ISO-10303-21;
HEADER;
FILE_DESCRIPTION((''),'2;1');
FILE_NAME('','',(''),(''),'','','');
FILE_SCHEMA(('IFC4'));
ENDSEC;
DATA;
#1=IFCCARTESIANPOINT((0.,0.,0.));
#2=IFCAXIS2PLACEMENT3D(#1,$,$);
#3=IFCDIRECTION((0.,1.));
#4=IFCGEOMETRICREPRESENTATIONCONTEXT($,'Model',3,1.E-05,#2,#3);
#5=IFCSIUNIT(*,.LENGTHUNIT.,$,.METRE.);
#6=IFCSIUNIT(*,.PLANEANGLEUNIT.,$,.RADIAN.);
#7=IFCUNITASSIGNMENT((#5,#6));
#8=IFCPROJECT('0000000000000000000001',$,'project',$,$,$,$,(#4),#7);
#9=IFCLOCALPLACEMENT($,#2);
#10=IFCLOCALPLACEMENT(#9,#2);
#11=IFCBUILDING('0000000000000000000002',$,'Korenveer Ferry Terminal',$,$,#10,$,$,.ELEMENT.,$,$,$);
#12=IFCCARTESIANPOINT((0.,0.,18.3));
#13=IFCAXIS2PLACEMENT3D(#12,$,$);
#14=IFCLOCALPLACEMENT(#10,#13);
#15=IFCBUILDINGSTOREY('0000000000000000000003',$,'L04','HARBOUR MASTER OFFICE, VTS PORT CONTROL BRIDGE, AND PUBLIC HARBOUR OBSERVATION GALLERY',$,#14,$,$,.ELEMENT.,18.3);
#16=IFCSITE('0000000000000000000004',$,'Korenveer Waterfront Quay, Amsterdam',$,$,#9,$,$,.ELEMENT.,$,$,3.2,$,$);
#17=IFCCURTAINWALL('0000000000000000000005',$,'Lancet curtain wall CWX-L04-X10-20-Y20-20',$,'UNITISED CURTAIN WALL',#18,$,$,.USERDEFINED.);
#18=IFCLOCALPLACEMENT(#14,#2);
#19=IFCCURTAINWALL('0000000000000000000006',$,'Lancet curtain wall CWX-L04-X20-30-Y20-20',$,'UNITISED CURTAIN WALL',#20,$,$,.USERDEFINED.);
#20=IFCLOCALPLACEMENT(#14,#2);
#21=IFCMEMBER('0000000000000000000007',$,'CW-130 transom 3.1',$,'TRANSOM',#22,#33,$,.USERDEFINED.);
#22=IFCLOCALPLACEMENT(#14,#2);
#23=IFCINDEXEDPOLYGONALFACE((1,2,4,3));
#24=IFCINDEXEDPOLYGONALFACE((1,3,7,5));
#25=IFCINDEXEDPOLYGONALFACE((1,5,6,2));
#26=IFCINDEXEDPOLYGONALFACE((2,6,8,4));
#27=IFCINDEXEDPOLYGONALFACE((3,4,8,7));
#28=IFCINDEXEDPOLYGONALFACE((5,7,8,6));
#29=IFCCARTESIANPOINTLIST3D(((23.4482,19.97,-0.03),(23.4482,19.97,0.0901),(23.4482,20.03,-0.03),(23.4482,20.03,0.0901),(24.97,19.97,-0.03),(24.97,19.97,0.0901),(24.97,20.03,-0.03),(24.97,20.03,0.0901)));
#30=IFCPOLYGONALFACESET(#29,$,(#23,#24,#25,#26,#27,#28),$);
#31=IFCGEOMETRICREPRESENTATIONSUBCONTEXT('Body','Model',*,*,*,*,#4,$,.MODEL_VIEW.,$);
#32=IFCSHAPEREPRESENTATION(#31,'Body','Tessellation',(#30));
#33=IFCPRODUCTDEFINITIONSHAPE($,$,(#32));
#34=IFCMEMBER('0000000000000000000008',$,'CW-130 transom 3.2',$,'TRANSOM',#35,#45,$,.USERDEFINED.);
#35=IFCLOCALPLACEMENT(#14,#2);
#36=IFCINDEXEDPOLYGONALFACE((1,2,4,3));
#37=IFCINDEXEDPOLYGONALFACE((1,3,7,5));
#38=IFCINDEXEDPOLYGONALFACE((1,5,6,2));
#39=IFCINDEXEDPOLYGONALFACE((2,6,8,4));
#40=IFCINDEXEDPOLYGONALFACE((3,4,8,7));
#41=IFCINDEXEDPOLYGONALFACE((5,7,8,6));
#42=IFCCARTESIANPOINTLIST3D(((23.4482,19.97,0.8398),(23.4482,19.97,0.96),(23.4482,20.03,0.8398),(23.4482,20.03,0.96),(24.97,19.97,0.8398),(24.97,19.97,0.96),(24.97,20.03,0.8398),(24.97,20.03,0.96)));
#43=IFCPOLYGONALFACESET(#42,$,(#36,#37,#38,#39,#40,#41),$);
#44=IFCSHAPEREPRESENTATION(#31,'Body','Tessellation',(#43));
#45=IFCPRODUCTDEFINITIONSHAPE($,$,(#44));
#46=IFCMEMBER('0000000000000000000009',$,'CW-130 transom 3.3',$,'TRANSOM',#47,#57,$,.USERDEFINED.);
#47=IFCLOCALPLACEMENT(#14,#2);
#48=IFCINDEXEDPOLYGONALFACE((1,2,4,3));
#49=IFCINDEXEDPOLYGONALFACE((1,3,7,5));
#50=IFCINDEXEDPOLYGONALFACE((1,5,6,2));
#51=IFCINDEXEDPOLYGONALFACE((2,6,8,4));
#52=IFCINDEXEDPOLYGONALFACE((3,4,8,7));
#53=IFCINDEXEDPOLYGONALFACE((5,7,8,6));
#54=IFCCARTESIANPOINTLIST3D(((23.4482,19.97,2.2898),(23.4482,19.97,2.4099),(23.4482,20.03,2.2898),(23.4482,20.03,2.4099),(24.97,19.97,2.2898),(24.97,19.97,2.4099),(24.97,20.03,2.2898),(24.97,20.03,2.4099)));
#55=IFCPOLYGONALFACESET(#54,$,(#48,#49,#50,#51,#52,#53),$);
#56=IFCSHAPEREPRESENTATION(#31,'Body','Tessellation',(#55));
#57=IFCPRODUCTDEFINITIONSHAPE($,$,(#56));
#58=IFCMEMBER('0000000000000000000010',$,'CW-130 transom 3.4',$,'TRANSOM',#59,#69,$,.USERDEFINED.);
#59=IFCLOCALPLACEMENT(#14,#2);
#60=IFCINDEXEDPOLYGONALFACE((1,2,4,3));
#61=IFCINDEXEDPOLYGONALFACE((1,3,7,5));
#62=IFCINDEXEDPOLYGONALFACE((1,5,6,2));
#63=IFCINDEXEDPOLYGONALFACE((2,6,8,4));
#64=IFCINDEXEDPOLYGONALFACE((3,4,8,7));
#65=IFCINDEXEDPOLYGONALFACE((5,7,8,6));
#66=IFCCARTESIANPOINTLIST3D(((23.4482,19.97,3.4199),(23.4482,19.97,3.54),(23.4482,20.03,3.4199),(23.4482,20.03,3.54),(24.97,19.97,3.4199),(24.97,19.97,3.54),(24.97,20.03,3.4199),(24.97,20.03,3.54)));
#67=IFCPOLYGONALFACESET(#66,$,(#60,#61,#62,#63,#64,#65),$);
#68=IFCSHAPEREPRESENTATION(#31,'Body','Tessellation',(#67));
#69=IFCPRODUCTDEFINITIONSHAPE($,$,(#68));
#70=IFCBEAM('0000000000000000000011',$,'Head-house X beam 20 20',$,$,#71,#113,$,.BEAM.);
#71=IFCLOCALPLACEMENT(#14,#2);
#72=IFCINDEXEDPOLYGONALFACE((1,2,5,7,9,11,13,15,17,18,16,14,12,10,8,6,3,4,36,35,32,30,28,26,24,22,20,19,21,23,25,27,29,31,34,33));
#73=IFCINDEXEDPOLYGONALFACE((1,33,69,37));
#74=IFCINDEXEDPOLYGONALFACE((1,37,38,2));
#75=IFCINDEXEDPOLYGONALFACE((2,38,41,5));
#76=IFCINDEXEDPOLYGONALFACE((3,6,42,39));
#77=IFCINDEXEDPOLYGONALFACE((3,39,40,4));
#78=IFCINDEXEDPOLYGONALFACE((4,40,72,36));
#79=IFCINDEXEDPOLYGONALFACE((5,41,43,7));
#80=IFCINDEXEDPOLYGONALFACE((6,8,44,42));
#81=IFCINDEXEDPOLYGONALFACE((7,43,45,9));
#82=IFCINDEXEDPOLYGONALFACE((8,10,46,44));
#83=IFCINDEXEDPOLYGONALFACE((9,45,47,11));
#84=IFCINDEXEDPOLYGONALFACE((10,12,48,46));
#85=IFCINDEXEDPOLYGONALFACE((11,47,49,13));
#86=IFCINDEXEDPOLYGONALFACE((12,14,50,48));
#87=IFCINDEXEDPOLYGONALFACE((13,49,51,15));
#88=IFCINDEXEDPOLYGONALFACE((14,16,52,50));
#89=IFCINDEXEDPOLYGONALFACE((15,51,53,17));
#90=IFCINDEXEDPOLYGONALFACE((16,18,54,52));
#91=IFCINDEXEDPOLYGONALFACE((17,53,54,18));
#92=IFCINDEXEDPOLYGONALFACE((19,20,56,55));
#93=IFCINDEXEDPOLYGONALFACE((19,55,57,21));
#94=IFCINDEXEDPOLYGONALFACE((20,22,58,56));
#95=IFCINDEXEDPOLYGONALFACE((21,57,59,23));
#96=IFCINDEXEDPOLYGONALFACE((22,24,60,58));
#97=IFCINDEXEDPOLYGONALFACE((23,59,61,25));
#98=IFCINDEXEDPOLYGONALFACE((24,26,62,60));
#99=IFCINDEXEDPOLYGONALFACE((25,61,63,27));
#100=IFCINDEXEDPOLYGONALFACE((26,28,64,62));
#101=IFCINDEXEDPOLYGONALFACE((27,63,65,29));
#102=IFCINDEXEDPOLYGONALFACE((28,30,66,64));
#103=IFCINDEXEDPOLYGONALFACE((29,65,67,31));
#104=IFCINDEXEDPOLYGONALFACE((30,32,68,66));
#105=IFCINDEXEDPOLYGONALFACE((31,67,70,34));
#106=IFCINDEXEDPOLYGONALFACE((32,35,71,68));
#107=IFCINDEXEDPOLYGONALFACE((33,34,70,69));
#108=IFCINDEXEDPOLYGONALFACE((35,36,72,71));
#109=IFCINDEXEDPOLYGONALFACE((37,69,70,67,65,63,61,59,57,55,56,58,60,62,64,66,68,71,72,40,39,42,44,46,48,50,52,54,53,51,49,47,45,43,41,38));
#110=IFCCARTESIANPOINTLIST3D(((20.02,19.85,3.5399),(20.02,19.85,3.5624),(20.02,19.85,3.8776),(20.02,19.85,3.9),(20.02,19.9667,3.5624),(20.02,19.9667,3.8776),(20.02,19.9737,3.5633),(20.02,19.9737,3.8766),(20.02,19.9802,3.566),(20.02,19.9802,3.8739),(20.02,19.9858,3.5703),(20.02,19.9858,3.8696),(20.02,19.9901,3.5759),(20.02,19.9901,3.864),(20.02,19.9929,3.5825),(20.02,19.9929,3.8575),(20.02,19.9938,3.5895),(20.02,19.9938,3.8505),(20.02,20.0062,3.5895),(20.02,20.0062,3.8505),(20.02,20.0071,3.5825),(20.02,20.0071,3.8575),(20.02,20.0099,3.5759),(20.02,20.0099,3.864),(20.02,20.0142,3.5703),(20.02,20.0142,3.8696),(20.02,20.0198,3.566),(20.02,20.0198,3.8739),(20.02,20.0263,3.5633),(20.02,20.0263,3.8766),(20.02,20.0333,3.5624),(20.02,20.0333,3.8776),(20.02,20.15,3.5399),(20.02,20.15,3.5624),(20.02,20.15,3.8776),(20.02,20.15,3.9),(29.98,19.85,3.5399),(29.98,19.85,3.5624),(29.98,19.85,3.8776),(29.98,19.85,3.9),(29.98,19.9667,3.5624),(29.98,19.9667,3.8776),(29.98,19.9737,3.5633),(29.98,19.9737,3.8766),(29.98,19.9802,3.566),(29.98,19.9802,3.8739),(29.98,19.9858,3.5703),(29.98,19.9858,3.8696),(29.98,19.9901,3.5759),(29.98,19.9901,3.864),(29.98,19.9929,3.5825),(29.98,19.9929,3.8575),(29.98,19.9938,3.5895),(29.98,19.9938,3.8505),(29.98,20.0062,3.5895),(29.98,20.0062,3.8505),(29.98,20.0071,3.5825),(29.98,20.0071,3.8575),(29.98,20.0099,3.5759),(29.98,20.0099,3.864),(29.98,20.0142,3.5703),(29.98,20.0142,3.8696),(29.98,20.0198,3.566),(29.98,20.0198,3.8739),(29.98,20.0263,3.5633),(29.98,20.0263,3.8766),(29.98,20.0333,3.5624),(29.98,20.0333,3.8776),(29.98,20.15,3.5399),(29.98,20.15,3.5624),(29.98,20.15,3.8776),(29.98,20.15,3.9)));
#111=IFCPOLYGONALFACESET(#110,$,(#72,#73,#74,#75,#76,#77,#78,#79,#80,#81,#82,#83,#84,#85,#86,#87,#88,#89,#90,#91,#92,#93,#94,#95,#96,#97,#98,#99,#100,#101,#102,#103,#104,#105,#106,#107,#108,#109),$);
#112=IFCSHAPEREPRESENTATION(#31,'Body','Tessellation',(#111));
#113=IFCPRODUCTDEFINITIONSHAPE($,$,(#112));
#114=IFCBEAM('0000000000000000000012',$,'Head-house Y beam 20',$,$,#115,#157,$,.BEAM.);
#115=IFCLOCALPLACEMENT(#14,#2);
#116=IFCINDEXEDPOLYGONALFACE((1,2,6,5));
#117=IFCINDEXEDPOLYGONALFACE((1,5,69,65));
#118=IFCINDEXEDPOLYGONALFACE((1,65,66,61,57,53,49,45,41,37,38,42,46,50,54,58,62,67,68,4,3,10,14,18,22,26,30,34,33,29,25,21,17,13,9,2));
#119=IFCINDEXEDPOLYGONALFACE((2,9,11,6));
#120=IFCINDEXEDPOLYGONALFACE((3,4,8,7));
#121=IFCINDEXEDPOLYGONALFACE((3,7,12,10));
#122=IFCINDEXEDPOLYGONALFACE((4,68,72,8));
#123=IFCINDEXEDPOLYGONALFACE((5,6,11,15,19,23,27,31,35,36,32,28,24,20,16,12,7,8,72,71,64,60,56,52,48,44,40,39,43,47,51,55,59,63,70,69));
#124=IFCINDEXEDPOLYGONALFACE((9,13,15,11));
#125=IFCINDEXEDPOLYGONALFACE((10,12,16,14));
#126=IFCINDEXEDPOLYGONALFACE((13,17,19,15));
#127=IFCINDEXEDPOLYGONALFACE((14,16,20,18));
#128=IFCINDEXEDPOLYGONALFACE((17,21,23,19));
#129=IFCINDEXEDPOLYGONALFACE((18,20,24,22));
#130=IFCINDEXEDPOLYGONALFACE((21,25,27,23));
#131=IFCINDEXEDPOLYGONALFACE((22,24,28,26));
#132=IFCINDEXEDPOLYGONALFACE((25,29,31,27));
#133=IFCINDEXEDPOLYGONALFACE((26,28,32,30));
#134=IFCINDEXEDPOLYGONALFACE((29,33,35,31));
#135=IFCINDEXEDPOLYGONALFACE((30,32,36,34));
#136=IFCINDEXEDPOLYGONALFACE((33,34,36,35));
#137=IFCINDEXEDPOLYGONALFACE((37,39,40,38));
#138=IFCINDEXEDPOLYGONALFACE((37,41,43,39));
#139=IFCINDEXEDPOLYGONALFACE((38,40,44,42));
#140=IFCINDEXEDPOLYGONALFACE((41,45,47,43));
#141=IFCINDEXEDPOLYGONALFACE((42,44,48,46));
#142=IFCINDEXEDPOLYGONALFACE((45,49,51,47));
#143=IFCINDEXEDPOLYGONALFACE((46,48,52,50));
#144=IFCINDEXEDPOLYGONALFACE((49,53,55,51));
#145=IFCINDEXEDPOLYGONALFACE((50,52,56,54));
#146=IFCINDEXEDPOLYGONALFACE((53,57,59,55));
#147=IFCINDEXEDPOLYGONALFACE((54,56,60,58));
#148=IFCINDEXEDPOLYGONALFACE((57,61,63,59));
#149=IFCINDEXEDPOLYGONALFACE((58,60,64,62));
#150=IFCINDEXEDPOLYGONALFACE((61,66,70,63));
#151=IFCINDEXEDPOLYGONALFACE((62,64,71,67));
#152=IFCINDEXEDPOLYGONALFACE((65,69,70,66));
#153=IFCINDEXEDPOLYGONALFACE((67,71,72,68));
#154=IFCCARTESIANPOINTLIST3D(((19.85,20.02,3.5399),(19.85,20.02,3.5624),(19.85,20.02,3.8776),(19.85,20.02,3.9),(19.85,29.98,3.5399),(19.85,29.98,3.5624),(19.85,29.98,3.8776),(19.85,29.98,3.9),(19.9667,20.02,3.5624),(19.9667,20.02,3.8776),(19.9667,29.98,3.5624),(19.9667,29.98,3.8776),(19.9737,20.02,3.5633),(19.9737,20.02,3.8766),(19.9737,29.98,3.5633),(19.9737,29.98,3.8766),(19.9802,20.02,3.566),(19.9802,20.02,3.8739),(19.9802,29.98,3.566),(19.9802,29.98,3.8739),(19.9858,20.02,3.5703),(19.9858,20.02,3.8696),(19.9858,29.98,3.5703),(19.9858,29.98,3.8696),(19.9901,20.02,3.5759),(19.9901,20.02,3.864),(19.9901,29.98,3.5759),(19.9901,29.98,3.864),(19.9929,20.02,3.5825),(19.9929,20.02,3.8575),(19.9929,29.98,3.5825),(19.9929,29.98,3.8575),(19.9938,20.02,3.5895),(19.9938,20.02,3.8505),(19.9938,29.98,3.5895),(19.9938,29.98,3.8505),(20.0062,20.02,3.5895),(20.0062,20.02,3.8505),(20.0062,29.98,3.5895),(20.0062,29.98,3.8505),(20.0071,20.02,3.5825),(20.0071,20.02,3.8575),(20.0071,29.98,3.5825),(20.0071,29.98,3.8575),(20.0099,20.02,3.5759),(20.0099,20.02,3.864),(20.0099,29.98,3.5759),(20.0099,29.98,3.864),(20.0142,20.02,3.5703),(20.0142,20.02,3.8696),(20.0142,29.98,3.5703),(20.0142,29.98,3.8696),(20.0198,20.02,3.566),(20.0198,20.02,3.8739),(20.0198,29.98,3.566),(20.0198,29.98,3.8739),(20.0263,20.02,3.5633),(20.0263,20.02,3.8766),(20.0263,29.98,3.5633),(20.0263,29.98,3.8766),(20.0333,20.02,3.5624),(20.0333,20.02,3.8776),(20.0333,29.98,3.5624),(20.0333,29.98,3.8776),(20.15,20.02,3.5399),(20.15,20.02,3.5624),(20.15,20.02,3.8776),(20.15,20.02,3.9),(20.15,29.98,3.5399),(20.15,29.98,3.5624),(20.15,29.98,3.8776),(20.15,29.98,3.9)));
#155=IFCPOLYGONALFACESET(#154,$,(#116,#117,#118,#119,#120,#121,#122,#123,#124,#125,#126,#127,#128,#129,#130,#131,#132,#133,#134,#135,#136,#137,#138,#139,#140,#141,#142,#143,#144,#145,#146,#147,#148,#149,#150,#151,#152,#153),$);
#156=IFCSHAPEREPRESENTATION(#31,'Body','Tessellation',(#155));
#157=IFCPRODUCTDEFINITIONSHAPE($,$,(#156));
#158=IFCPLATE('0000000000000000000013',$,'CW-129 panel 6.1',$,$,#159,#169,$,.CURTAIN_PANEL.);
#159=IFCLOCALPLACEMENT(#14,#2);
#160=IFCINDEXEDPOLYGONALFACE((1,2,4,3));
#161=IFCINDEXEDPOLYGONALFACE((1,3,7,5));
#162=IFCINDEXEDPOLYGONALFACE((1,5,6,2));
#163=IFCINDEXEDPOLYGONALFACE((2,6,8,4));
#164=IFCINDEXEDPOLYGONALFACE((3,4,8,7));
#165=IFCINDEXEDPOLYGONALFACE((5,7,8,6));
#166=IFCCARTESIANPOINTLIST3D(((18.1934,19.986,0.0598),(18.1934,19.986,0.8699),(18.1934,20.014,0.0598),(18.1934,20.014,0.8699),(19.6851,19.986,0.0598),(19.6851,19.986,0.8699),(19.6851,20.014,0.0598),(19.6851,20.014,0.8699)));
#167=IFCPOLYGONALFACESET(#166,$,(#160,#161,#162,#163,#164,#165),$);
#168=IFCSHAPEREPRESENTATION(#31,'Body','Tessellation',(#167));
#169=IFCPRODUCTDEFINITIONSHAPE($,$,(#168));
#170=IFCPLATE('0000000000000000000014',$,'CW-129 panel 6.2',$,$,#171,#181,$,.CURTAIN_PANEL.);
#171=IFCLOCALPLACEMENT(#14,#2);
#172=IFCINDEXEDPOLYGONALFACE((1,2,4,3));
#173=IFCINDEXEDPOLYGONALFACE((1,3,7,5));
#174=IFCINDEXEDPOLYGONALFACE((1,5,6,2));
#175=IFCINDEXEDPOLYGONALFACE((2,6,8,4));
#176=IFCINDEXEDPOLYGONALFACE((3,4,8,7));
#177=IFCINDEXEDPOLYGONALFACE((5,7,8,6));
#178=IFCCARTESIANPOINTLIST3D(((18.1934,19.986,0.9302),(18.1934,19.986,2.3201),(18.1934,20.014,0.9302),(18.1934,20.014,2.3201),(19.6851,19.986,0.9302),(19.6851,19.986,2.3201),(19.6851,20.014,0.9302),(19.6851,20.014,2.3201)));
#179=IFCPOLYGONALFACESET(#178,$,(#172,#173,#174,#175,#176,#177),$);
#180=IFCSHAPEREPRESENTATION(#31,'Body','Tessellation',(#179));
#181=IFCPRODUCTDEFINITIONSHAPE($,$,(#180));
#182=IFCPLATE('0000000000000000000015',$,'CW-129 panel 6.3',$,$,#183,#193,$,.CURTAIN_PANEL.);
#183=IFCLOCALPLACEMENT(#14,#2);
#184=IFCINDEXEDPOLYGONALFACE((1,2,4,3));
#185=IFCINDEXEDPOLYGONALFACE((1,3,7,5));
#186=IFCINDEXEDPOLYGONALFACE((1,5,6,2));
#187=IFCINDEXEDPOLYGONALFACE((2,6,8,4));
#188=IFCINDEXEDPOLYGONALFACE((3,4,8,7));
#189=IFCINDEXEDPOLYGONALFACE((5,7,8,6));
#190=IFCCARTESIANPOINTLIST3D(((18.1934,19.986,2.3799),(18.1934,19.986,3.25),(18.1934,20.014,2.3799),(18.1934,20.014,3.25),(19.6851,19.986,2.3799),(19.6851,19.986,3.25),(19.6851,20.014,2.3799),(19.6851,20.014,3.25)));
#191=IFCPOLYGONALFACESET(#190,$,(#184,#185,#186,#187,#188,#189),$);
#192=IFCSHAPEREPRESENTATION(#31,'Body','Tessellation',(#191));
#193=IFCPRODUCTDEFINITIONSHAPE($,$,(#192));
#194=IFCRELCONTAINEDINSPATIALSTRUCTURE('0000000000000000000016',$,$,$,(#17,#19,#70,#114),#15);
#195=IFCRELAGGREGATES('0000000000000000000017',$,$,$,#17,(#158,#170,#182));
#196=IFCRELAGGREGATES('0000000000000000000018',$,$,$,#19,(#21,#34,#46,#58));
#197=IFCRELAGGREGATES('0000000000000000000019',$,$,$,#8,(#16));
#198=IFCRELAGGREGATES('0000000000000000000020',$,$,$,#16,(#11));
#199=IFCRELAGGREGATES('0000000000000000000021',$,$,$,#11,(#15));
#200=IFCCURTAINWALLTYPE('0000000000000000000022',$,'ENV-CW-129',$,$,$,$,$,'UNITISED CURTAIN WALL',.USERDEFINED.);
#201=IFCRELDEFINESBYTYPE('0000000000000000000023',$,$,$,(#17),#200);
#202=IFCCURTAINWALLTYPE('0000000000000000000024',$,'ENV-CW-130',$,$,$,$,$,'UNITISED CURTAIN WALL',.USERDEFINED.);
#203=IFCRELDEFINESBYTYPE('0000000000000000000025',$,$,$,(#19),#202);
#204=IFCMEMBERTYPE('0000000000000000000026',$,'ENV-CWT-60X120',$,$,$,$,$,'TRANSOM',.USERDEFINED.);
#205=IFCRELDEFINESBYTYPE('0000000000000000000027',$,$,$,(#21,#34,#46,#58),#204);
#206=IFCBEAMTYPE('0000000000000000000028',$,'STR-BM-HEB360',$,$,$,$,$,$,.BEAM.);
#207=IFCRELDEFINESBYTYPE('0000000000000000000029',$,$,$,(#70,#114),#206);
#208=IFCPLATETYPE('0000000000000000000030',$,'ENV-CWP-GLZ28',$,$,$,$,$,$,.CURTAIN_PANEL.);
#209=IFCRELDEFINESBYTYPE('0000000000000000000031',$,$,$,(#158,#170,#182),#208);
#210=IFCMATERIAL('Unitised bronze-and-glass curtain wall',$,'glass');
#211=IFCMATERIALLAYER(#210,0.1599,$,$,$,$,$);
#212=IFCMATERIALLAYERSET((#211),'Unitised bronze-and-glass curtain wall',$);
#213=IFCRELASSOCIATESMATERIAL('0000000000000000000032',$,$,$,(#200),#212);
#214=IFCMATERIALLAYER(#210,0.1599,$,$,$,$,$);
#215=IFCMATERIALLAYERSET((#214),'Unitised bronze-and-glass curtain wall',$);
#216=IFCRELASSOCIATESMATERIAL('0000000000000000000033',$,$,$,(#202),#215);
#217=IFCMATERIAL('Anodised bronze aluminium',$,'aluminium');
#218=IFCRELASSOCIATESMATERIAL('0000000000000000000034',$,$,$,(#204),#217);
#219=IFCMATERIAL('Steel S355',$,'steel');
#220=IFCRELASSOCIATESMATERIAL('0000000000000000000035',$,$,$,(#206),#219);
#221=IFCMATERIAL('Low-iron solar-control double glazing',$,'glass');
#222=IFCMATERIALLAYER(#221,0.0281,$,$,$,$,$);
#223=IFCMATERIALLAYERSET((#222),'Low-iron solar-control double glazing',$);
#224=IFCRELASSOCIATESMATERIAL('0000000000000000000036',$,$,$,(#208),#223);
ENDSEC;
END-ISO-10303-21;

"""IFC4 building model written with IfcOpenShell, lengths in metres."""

from ifc_helpers import new_model, si_unit, direction, frame, origin, origin_2d, place, context, subcontext, project, spatial, rectangle, i_section, extrude, material, layer, layer_set, material_profile, profile_set, type_object, element, aggregate, save


model = new_model("IFC4")

# Units and contexts
model_context = context("Model", 3, precision=1e-05, world=origin(), true_north=direction((0.0, 1.0)))
body_context = subcontext(model_context, "Body", "Model", "MODEL_VIEW")
ifc_project = project(units=[si_unit("LENGTHUNIT", "METRE"), si_unit("PLANEANGLEUNIT", "RADIAN")], contexts=[model_context])

# Site, building, storey
site_placement = place(None, origin())
site = spatial("IfcSite", under=ifc_project, at=site_placement, Name="Korenveer Waterfront Quay, Amsterdam", CompositionType="ELEMENT", RefElevation=3.2)
building_placement = place(site_placement, origin())
building = spatial("IfcBuilding", under=site, at=building_placement, Name="Korenveer Ferry Terminal", CompositionType="ELEMENT")
storey_placement = place(building_placement, frame((0.0, 0.0, 18.3)))
storey = spatial("IfcBuildingStorey", under=building, at=storey_placement, Name="L04", Description="HARBOUR MASTER OFFICE, VTS PORT CONTROL BRIDGE, AND PUBLIC HARBOUR OBSERVATION GALLERY", CompositionType="ELEMENT", Elevation=18.3)

# Curtain wall
ifc_material_1 = material(Name="Unitised bronze-and-glass curtain wall", Category="glass")
ifc_layer_1 = layer(ifc_material_1, 0.1599)
ifc_layer_set_1 = layer_set([ifc_layer_1], Name="Unitised bronze-and-glass curtain wall")
curtain_wall_type_1 = type_object("IfcCurtainWallType", Name="ENV-CW-129", ElementType="UNITISED CURTAIN WALL", PredefinedType="USERDEFINED", material=ifc_layer_set_1)
curtain_wall_1_placement = place(storey_placement, frame((10.2549, 20.0, 0.0)))
curtain_wall_1 = element("IfcCurtainWall", 1, at=curtain_wall_1_placement, inside=storey, type_object=curtain_wall_type_1, Name="Lancet curtain wall CWX-L04-X10-20-Y20-20", ObjectType="UNITISED CURTAIN WALL", PredefinedType="USERDEFINED")
ifc_material_2 = material(Name="Anodised bronze aluminium", Category="aluminium")

# Curtain wall
ifc_layer_2 = layer(ifc_material_1, 0.1599)
ifc_layer_set_2 = layer_set([ifc_layer_2], Name="Unitised bronze-and-glass curtain wall")
curtain_wall_type_2 = type_object("IfcCurtainWallType", Name="ENV-CW-130", ElementType="UNITISED CURTAIN WALL", PredefinedType="USERDEFINED", material=ifc_layer_set_2)
curtain_wall_2_placement = place(storey_placement, frame((20.2549, 20.0, 0.0)))
curtain_wall_2 = element("IfcCurtainWall", 2, at=curtain_wall_2_placement, inside=storey, type_object=curtain_wall_type_2, Name="Lancet curtain wall CWX-L04-X20-30-Y20-20", ObjectType="UNITISED CURTAIN WALL", PredefinedType="USERDEFINED")

# Members
ifc_material_profile_1 = material_profile(ifc_material_2, rectangle(XDim=0.0601, YDim=0.1201, at=origin_2d()), Name="ALU 60x120")
ifc_profile_set_1 = profile_set([ifc_material_profile_1], Name="Anodised bronze aluminium")
member_type_1 = type_object("IfcMemberType", Name="ENV-CWT-60X120", ElementType="TRANSOM", PredefinedType="USERDEFINED", material=ifc_profile_set_1)
member_1_placement = place(storey_placement, frame((23.4482, 20.0, 0.03), z_axis=(1.0, 0.0, 0.0), x_axis=(0.0, 1.0, 0.0)))
member_1 = element("IfcMember", 3, at=member_1_placement, type_object=member_type_1, Name="CW-130 transom 3.1", ObjectType="TRANSOM", PredefinedType="USERDEFINED", context=body_context, shape_type="SweptSolid", body=[
    extrude(rectangle(XDim=0.0601, YDim=0.1201, at=origin_2d()), origin(), (0.0, 0.0, 1.0), 1.5217),
])
member_2_placement = place(storey_placement, frame((23.4482, 20.0, 0.8999), z_axis=(1.0, 0.0, 0.0), x_axis=(0.0, 1.0, 0.0)))
member_2 = element("IfcMember", 4, at=member_2_placement, type_object=member_type_1, Name="CW-130 transom 3.2", ObjectType="TRANSOM", PredefinedType="USERDEFINED", context=body_context, shape_type="SweptSolid", body=[
    extrude(rectangle(XDim=0.0601, YDim=0.1201, at=origin_2d()), origin(), (0.0, 0.0, 1.0), 1.5217),
])
member_3_placement = place(storey_placement, frame((23.4482, 20.0, 2.3499), z_axis=(1.0, 0.0, 0.0), x_axis=(0.0, 1.0, 0.0)))
member_3 = element("IfcMember", 5, at=member_3_placement, type_object=member_type_1, Name="CW-130 transom 3.3", ObjectType="TRANSOM", PredefinedType="USERDEFINED", context=body_context, shape_type="SweptSolid", body=[
    extrude(rectangle(XDim=0.0601, YDim=0.1201, at=origin_2d()), origin(), (0.0, 0.0, 1.0), 1.5217),
])
member_4_placement = place(storey_placement, frame((23.4482, 20.0, 3.48), z_axis=(1.0, 0.0, 0.0), x_axis=(0.0, 1.0, 0.0)))
member_4 = element("IfcMember", 6, at=member_4_placement, type_object=member_type_1, Name="CW-130 transom 3.4", ObjectType="TRANSOM", PredefinedType="USERDEFINED", context=body_context, shape_type="SweptSolid", body=[
    extrude(rectangle(XDim=0.0601, YDim=0.1201, at=origin_2d()), origin(), (0.0, 0.0, 1.0), 1.5217),
])

# Beams
ifc_material_3 = material(Name="Steel S355", Category="steel")
ifc_material_profile_2 = material_profile(ifc_material_3, i_section(OverallWidth=0.3, OverallDepth=0.3601, WebThickness=0.0125, FlangeThickness=0.0225, FilletRadius=0.0271, at=origin_2d()), Name="HEB 360")
ifc_profile_set_2 = profile_set([ifc_material_profile_2], Name="Steel S355")
beam_type = type_object("IfcBeamType", Name="STR-BM-HEB360", PredefinedType="BEAM", material=ifc_profile_set_2)
for number, where, z_axis, x_axis, name in (
    (7, (20.02, 20.0, 3.72), (1.0, 0.0, 0.0), (0.0, 1.0, 0.0), "Head-house X beam 20 20"),
    (8, (20.0, 20.02, 3.72), (0.0, 1.0, 0.0), (-1.0, 0.0, 0.0), "Head-house Y beam 20"),
):
    element("IfcBeam", number, at=place(storey_placement, frame(where, z_axis=z_axis, x_axis=x_axis)), inside=storey, type_object=beam_type, Name=name, PredefinedType="BEAM", context=body_context, shape_type="SweptSolid", body=[
        extrude(i_section(OverallWidth=0.3, OverallDepth=0.3601, WebThickness=0.0125, FlangeThickness=0.0225, FilletRadius=0.0271, at=origin_2d()), origin(), (0.0, 0.0, 1.0), 9.96),
    ])

# Plates
ifc_material_4 = material(Name="Low-iron solar-control double glazing", Category="glass")
ifc_layer_3 = layer(ifc_material_4, 0.0281)
ifc_layer_set_3 = layer_set([ifc_layer_3], Name="Low-iron solar-control double glazing")
plate_type = type_object("IfcPlateType", Name="ENV-CWP-GLZ28", PredefinedType="CURTAIN_PANEL", material=ifc_layer_set_3)
plate_1_placement = place(storey_placement, frame((18.9392, 20.0, 0.0598), z_axis=(0.0, 0.0, 1.0), x_axis=(1.0, 0.0, 0.0)))
plate_1 = element("IfcPlate", 9, at=plate_1_placement, type_object=plate_type, Name="CW-129 panel 6.1", PredefinedType="CURTAIN_PANEL", context=body_context, shape_type="SweptSolid", body=[
    extrude(rectangle(XDim=1.4917, YDim=0.0281, at=origin_2d()), origin(), (0.0, 0.0, 1.0), 0.8101),
])
plate_2_placement = place(storey_placement, frame((18.9392, 20.0, 0.9302), z_axis=(0.0, 0.0, 1.0), x_axis=(1.0, 0.0, 0.0)))
plate_2 = element("IfcPlate", 10, at=plate_2_placement, type_object=plate_type, Name="CW-129 panel 6.2", PredefinedType="CURTAIN_PANEL", context=body_context, shape_type="SweptSolid", body=[
    extrude(rectangle(XDim=1.4917, YDim=0.0281, at=origin_2d()), origin(), (0.0, 0.0, 1.0), 1.3899),
])
plate_3_placement = place(storey_placement, frame((18.9392, 20.0, 2.3799), z_axis=(0.0, 0.0, 1.0), x_axis=(1.0, 0.0, 0.0)))
plate_3 = element("IfcPlate", 11, at=plate_3_placement, type_object=plate_type, Name="CW-129 panel 6.3", PredefinedType="CURTAIN_PANEL", context=body_context, shape_type="SweptSolid", body=[
    extrude(rectangle(XDim=1.4917, YDim=0.0281, at=origin_2d()), origin(), (0.0, 0.0, 1.0), 0.8701),
])
aggregate(curtain_wall_1, [plate_1, plate_2, plate_3])
aggregate(curtain_wall_2, [member_1, member_2, member_3, member_4])

save(model, "model.ifc")
